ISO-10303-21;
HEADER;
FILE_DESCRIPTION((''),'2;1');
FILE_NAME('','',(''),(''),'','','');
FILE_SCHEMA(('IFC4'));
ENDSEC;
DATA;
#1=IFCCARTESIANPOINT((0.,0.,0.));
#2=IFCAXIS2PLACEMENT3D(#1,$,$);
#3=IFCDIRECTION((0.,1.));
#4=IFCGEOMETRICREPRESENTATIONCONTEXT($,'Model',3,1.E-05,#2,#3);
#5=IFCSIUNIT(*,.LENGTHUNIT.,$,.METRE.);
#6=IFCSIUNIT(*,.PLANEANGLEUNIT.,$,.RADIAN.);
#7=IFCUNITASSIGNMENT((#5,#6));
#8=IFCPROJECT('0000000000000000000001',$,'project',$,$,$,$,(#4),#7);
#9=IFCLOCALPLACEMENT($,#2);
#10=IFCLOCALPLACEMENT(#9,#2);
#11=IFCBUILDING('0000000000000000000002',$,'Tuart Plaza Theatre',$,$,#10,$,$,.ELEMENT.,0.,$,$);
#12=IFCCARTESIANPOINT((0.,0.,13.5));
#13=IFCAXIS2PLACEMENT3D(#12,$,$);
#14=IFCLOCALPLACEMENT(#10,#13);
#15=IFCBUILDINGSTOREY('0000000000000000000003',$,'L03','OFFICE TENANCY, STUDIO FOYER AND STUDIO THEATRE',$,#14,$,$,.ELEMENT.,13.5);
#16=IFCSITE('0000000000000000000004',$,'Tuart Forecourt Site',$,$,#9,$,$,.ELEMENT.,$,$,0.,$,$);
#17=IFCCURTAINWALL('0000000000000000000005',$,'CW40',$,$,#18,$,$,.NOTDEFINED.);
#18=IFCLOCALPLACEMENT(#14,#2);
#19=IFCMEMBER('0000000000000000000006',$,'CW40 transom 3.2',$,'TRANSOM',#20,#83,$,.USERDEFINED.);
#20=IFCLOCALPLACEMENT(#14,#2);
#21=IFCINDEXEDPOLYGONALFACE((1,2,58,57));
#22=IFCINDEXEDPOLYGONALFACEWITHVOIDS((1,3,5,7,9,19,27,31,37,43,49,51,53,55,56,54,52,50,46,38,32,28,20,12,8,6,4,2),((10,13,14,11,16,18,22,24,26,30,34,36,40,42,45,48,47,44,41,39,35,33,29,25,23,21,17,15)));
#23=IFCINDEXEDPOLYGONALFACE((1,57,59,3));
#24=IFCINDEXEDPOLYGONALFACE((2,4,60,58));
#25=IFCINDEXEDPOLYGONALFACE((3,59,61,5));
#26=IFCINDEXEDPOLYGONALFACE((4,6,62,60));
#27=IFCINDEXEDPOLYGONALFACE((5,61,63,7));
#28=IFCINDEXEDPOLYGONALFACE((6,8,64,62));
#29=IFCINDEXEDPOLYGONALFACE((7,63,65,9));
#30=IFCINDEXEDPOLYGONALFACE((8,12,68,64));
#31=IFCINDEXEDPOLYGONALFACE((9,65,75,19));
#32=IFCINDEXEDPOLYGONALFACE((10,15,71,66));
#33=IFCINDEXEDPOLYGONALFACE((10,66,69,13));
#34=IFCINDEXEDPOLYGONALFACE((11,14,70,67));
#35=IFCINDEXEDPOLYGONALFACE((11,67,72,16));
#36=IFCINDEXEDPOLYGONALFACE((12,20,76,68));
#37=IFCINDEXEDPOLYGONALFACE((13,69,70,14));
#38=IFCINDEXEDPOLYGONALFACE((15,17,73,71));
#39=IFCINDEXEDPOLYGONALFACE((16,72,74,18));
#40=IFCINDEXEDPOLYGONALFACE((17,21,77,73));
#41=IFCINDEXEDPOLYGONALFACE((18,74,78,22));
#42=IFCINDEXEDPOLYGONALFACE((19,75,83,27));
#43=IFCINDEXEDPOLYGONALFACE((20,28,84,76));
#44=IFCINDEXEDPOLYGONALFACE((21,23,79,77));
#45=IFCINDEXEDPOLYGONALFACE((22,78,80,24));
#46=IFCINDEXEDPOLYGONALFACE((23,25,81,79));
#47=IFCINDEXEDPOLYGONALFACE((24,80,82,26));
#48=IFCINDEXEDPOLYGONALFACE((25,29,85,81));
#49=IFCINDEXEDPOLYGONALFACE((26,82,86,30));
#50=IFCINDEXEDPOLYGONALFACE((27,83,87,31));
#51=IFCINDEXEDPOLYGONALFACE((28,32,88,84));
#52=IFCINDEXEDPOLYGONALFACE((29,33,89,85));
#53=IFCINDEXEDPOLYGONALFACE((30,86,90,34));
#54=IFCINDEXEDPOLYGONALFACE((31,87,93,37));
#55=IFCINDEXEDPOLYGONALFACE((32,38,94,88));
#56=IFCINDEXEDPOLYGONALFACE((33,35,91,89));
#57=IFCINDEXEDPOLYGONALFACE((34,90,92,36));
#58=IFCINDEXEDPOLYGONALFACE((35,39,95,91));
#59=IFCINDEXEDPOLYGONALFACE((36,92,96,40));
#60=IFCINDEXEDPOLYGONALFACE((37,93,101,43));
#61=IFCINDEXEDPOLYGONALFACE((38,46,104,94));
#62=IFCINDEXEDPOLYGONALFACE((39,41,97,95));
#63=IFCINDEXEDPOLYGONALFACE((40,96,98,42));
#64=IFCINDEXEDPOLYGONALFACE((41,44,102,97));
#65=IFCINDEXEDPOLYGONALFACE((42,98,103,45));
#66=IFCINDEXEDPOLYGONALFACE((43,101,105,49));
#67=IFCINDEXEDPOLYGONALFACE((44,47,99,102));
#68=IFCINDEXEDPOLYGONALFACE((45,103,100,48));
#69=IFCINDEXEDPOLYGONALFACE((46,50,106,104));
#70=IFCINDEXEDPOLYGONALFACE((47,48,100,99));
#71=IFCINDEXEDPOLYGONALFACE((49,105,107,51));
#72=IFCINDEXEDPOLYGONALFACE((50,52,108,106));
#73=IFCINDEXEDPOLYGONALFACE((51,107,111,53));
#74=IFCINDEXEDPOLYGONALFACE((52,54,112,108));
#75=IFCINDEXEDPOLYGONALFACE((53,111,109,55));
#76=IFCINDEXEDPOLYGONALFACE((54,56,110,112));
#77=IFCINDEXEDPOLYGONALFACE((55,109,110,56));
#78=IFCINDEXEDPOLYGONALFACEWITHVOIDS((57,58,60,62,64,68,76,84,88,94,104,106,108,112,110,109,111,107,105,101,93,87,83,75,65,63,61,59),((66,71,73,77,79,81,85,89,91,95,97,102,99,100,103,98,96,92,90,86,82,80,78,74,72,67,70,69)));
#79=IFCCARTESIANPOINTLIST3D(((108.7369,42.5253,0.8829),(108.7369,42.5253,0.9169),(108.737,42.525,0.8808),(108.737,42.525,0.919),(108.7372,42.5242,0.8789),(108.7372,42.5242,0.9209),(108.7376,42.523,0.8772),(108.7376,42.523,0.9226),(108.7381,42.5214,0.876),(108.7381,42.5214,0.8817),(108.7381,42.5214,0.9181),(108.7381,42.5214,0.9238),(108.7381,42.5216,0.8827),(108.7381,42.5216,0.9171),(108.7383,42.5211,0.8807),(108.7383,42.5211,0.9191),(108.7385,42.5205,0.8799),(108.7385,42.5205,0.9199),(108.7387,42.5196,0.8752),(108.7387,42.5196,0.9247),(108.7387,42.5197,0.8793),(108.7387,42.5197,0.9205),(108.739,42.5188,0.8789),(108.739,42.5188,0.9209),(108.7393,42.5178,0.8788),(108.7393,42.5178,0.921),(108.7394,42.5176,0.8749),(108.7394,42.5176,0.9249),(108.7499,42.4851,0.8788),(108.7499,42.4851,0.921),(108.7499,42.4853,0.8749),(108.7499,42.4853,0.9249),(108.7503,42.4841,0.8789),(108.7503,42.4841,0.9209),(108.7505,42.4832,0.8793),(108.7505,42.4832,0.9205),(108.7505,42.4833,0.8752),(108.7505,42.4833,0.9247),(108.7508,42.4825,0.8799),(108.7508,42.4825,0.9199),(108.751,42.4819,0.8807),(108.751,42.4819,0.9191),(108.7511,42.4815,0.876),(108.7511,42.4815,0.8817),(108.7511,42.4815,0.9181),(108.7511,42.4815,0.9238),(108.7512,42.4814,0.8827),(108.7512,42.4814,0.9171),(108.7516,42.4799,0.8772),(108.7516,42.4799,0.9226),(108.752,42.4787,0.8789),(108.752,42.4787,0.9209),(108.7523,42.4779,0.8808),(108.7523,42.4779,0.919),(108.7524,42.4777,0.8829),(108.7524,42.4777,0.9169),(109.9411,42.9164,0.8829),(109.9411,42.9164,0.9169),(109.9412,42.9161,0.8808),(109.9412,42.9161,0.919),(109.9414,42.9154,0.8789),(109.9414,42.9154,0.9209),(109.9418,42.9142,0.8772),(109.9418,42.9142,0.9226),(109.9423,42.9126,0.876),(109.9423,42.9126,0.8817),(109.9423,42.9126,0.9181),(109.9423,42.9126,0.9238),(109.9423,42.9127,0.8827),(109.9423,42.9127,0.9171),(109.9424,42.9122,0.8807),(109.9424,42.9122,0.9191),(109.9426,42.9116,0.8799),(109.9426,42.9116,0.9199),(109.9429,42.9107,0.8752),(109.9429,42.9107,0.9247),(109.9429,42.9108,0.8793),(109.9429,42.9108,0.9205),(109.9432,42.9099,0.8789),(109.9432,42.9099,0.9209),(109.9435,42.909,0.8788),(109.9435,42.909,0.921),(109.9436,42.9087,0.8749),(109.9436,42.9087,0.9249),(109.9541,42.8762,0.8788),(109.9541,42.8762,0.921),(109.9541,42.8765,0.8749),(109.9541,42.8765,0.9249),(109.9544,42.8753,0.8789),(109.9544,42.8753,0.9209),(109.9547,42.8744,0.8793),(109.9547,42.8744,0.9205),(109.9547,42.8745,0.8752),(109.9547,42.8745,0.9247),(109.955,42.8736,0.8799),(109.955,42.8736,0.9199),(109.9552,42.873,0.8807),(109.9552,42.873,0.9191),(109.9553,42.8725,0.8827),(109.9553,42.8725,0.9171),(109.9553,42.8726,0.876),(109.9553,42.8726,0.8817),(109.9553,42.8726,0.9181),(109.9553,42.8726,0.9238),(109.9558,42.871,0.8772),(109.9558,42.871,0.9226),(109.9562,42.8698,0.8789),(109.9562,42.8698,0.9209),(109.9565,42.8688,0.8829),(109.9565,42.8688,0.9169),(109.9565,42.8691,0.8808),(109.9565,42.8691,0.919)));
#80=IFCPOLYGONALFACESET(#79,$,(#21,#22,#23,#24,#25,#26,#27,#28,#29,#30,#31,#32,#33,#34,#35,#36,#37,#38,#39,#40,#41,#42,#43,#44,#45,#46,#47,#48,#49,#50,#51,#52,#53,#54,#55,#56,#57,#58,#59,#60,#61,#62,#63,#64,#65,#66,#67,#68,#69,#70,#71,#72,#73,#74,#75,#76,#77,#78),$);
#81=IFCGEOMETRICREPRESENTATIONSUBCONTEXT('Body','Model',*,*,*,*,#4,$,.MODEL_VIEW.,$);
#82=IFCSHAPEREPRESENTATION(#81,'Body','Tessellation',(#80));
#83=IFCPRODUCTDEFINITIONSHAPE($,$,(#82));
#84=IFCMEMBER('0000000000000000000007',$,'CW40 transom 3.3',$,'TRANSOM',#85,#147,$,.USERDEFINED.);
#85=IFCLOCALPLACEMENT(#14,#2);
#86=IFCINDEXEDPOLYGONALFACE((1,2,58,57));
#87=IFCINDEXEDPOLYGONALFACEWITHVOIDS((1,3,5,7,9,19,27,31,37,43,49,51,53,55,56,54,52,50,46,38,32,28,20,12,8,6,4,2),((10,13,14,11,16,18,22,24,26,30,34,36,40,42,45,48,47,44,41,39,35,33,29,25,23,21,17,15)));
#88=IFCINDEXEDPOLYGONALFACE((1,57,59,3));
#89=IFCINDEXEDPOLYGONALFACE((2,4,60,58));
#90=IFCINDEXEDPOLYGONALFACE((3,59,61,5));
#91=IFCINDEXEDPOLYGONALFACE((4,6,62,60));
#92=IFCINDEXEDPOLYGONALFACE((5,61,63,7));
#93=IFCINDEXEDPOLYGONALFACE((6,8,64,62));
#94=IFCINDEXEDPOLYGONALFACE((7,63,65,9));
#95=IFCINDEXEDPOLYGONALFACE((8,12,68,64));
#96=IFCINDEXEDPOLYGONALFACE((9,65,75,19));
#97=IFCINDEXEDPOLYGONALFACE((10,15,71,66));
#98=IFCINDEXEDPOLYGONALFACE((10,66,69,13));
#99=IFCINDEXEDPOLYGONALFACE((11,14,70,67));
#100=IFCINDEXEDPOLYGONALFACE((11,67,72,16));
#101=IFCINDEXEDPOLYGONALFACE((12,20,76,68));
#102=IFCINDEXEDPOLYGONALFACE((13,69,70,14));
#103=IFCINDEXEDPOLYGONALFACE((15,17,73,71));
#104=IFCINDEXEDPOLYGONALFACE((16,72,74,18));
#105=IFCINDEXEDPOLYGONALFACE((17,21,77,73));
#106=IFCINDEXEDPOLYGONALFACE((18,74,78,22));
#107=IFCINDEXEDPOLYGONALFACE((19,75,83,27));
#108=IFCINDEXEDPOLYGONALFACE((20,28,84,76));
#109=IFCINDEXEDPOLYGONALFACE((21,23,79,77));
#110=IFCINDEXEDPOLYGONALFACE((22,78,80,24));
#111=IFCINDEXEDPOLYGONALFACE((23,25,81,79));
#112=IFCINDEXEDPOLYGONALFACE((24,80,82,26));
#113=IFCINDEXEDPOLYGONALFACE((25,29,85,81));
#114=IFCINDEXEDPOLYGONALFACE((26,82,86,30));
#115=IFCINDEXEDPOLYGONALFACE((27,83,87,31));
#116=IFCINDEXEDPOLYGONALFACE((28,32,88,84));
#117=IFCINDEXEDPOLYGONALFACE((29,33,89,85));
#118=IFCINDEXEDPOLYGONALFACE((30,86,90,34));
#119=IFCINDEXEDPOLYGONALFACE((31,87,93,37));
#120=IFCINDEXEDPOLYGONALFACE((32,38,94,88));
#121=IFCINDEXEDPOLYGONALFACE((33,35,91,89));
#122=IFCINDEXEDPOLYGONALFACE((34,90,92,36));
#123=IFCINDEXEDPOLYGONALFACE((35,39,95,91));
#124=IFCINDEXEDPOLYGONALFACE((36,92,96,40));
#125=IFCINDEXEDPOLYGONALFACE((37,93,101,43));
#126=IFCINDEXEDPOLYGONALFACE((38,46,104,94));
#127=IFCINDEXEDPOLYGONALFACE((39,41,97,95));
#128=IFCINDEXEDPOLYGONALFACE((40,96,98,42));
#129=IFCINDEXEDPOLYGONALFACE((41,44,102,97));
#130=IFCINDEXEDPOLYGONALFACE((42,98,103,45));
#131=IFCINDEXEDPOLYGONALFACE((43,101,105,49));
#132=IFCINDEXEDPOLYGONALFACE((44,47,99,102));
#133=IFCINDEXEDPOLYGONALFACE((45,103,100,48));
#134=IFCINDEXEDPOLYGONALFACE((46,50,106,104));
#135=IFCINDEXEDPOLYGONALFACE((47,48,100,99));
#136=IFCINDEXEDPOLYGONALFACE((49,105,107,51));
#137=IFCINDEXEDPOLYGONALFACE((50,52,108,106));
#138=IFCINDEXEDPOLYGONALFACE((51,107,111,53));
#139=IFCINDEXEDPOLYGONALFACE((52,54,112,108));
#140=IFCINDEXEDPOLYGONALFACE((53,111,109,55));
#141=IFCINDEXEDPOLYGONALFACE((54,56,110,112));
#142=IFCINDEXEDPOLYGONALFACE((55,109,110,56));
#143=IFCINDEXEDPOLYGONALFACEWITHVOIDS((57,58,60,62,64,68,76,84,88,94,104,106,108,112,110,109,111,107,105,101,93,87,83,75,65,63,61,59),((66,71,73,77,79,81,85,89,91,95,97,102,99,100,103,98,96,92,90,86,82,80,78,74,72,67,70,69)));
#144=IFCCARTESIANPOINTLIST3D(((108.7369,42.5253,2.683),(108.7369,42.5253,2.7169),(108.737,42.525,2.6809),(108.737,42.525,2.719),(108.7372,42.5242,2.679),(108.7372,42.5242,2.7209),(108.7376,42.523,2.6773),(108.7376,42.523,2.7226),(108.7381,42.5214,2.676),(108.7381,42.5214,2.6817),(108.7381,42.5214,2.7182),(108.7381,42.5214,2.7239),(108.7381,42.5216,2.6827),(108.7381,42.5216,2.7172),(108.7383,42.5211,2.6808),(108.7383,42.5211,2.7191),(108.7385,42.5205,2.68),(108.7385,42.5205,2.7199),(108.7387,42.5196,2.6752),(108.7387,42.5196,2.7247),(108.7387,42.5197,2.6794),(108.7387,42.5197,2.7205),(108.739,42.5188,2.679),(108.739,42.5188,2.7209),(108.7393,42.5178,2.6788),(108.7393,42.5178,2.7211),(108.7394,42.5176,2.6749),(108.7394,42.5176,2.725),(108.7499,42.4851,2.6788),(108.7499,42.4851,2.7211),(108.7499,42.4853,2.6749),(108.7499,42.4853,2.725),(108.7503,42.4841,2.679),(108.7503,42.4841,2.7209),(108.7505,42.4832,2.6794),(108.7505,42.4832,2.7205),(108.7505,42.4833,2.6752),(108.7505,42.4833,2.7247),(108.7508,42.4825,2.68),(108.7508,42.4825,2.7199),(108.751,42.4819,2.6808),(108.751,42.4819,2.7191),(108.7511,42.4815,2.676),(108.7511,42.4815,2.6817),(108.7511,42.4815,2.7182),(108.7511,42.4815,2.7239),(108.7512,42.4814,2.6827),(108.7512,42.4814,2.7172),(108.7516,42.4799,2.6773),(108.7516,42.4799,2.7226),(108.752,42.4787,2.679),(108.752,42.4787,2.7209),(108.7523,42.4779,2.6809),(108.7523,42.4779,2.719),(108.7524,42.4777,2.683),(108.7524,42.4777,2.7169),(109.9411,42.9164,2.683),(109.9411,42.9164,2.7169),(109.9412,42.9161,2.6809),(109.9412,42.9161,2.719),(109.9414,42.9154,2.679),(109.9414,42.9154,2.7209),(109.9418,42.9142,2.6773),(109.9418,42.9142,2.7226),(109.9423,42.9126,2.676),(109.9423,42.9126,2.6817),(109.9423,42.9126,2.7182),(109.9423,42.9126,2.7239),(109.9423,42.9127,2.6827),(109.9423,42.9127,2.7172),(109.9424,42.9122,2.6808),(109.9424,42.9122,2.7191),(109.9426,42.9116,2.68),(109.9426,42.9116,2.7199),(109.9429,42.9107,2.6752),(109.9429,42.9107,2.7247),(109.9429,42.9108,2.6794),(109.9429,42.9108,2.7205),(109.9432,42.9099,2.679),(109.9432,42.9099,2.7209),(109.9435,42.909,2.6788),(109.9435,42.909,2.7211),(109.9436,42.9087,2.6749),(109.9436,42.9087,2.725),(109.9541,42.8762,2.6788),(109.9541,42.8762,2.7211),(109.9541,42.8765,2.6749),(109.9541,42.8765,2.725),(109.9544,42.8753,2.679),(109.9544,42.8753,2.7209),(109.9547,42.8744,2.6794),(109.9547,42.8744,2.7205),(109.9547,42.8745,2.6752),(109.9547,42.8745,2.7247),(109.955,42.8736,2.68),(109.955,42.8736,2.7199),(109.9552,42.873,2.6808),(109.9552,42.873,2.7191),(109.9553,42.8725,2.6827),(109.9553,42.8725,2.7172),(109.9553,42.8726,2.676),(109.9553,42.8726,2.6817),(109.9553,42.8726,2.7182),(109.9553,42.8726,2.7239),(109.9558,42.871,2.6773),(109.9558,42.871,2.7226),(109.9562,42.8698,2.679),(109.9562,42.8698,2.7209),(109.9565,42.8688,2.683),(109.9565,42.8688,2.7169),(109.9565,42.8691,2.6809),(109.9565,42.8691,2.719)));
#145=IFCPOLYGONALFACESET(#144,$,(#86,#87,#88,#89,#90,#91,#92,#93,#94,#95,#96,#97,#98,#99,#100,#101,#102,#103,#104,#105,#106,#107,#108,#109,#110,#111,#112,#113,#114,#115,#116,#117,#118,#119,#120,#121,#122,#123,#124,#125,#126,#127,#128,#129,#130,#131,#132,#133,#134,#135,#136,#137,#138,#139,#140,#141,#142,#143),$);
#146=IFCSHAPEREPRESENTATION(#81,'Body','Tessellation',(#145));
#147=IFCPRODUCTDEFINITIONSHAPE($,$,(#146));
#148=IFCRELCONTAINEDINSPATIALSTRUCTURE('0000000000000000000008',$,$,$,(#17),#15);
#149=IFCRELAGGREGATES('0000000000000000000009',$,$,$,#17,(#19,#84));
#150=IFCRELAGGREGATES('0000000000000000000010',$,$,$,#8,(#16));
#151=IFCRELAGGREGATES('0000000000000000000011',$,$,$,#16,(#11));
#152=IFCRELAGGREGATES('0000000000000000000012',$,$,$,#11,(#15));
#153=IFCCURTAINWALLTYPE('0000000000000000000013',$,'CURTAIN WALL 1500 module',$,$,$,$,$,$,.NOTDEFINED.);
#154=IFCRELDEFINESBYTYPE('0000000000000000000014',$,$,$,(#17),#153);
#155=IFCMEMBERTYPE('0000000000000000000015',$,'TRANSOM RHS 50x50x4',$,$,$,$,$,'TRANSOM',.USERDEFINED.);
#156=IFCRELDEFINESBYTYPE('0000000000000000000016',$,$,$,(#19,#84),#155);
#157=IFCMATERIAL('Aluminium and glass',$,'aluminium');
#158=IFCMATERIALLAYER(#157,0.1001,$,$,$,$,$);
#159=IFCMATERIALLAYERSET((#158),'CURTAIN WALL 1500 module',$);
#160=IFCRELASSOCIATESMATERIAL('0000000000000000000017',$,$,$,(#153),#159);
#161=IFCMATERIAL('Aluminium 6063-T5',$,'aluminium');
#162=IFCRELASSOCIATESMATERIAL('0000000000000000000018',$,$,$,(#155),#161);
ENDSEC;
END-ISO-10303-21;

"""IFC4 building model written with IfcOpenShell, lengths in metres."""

from ifc_helpers import new_model, si_unit, direction, frame, origin, origin_2d, place, context, subcontext, project, spatial, hollow_rectangle, extrude, material, layer, layer_set, material_profile, profile_set, type_object, element, aggregate, save


model = new_model("IFC4")

# Units and contexts
model_context = context("Model", 3, precision=1e-05, world=origin(), true_north=direction((0.0, 1.0)))
body_context = subcontext(model_context, "Body", "Model", "MODEL_VIEW")
ifc_project = project(units=[si_unit("LENGTHUNIT", "METRE"), si_unit("PLANEANGLEUNIT", "RADIAN")], contexts=[model_context])

# Site, building, storey
site_placement = place(None, origin())
site = spatial("IfcSite", under=ifc_project, at=site_placement, Name="Tuart Forecourt Site", CompositionType="ELEMENT", RefElevation=0.0)
building_placement = place(site_placement, origin())
building = spatial("IfcBuilding", under=site, at=building_placement, Name="Tuart Plaza Theatre", CompositionType="ELEMENT", ElevationOfRefHeight=0.0)
storey_placement = place(building_placement, frame((0.0, 0.0, 13.5)))
storey = spatial("IfcBuildingStorey", under=building, at=storey_placement, Name="L03", Description="OFFICE TENANCY, STUDIO FOYER AND STUDIO THEATRE", CompositionType="ELEMENT", Elevation=13.5)

# Curtain wall, members
ifc_material_1 = material(Name="Aluminium and glass", Category="aluminium")
ifc_layer_1 = layer(ifc_material_1, 0.1001)
ifc_layer_set_1 = layer_set([ifc_layer_1], Name="CURTAIN WALL 1500 module")
curtain_wall_type = type_object("IfcCurtainWallType", Name="CURTAIN WALL 1500 module", PredefinedType="NOTDEFINED", material=ifc_layer_set_1)
curtain_wall_1_placement = place(storey_placement, origin())
curtain_wall_1 = element("IfcCurtainWall", 1, at=curtain_wall_1_placement, inside=storey, type_object=curtain_wall_type, Name="CW40", PredefinedType="NOTDEFINED")
ifc_material_2 = material(Name="Aluminium 6063-T5", Category="aluminium")
ifc_material_profile_1 = material_profile(ifc_material_2, hollow_rectangle(XDim=0.05, YDim=0.05, WallThickness=0.0039, InnerFilletRadius=0.0039, OuterFilletRadius=0.0081, at=origin_2d()), Name="RHS 50x50x4")
ifc_profile_set_1 = profile_set([ifc_material_profile_1], Name="Aluminium 6063-T5")
member_type_1 = type_object("IfcMemberType", Name="TRANSOM RHS 50x50x4", ElementType="TRANSOM", PredefinedType="USERDEFINED", material=ifc_profile_set_1)
member_1_placement = place(storey_placement, frame((108.7446, 42.5015, 0.8999), z_axis=(0.951085, 0.308929, 0.0), x_axis=(-0.308929, 0.951085, 0.0)))
member_1 = element("IfcMember", 2, at=member_1_placement, type_object=member_type_1, Name="CW40 transom 3.2", ObjectType="TRANSOM", PredefinedType="USERDEFINED", context=body_context, shape_type="SweptSolid", body=[
    extrude(hollow_rectangle(XDim=0.05, YDim=0.05, WallThickness=0.0039, InnerFilletRadius=0.0039, OuterFilletRadius=0.0081, at=origin_2d()), origin(), (0.0, 0.0, 1.0), 1.2661),
])
member_2_placement = place(storey_placement, frame((108.7446, 42.5015, 2.7), z_axis=(0.951085, 0.308929, 0.0), x_axis=(-0.308929, 0.951085, 0.0)))
member_2 = element("IfcMember", 3, at=member_2_placement, type_object=member_type_1, Name="CW40 transom 3.3", ObjectType="TRANSOM", PredefinedType="USERDEFINED", context=body_context, shape_type="SweptSolid", body=[
    extrude(hollow_rectangle(XDim=0.05, YDim=0.05, WallThickness=0.0039, InnerFilletRadius=0.0039, OuterFilletRadius=0.0081, at=origin_2d()), origin(), (0.0, 0.0, 1.0), 1.2661),
])
aggregate(curtain_wall_1, [member_1, member_2])

save(model, "model.ifc")
